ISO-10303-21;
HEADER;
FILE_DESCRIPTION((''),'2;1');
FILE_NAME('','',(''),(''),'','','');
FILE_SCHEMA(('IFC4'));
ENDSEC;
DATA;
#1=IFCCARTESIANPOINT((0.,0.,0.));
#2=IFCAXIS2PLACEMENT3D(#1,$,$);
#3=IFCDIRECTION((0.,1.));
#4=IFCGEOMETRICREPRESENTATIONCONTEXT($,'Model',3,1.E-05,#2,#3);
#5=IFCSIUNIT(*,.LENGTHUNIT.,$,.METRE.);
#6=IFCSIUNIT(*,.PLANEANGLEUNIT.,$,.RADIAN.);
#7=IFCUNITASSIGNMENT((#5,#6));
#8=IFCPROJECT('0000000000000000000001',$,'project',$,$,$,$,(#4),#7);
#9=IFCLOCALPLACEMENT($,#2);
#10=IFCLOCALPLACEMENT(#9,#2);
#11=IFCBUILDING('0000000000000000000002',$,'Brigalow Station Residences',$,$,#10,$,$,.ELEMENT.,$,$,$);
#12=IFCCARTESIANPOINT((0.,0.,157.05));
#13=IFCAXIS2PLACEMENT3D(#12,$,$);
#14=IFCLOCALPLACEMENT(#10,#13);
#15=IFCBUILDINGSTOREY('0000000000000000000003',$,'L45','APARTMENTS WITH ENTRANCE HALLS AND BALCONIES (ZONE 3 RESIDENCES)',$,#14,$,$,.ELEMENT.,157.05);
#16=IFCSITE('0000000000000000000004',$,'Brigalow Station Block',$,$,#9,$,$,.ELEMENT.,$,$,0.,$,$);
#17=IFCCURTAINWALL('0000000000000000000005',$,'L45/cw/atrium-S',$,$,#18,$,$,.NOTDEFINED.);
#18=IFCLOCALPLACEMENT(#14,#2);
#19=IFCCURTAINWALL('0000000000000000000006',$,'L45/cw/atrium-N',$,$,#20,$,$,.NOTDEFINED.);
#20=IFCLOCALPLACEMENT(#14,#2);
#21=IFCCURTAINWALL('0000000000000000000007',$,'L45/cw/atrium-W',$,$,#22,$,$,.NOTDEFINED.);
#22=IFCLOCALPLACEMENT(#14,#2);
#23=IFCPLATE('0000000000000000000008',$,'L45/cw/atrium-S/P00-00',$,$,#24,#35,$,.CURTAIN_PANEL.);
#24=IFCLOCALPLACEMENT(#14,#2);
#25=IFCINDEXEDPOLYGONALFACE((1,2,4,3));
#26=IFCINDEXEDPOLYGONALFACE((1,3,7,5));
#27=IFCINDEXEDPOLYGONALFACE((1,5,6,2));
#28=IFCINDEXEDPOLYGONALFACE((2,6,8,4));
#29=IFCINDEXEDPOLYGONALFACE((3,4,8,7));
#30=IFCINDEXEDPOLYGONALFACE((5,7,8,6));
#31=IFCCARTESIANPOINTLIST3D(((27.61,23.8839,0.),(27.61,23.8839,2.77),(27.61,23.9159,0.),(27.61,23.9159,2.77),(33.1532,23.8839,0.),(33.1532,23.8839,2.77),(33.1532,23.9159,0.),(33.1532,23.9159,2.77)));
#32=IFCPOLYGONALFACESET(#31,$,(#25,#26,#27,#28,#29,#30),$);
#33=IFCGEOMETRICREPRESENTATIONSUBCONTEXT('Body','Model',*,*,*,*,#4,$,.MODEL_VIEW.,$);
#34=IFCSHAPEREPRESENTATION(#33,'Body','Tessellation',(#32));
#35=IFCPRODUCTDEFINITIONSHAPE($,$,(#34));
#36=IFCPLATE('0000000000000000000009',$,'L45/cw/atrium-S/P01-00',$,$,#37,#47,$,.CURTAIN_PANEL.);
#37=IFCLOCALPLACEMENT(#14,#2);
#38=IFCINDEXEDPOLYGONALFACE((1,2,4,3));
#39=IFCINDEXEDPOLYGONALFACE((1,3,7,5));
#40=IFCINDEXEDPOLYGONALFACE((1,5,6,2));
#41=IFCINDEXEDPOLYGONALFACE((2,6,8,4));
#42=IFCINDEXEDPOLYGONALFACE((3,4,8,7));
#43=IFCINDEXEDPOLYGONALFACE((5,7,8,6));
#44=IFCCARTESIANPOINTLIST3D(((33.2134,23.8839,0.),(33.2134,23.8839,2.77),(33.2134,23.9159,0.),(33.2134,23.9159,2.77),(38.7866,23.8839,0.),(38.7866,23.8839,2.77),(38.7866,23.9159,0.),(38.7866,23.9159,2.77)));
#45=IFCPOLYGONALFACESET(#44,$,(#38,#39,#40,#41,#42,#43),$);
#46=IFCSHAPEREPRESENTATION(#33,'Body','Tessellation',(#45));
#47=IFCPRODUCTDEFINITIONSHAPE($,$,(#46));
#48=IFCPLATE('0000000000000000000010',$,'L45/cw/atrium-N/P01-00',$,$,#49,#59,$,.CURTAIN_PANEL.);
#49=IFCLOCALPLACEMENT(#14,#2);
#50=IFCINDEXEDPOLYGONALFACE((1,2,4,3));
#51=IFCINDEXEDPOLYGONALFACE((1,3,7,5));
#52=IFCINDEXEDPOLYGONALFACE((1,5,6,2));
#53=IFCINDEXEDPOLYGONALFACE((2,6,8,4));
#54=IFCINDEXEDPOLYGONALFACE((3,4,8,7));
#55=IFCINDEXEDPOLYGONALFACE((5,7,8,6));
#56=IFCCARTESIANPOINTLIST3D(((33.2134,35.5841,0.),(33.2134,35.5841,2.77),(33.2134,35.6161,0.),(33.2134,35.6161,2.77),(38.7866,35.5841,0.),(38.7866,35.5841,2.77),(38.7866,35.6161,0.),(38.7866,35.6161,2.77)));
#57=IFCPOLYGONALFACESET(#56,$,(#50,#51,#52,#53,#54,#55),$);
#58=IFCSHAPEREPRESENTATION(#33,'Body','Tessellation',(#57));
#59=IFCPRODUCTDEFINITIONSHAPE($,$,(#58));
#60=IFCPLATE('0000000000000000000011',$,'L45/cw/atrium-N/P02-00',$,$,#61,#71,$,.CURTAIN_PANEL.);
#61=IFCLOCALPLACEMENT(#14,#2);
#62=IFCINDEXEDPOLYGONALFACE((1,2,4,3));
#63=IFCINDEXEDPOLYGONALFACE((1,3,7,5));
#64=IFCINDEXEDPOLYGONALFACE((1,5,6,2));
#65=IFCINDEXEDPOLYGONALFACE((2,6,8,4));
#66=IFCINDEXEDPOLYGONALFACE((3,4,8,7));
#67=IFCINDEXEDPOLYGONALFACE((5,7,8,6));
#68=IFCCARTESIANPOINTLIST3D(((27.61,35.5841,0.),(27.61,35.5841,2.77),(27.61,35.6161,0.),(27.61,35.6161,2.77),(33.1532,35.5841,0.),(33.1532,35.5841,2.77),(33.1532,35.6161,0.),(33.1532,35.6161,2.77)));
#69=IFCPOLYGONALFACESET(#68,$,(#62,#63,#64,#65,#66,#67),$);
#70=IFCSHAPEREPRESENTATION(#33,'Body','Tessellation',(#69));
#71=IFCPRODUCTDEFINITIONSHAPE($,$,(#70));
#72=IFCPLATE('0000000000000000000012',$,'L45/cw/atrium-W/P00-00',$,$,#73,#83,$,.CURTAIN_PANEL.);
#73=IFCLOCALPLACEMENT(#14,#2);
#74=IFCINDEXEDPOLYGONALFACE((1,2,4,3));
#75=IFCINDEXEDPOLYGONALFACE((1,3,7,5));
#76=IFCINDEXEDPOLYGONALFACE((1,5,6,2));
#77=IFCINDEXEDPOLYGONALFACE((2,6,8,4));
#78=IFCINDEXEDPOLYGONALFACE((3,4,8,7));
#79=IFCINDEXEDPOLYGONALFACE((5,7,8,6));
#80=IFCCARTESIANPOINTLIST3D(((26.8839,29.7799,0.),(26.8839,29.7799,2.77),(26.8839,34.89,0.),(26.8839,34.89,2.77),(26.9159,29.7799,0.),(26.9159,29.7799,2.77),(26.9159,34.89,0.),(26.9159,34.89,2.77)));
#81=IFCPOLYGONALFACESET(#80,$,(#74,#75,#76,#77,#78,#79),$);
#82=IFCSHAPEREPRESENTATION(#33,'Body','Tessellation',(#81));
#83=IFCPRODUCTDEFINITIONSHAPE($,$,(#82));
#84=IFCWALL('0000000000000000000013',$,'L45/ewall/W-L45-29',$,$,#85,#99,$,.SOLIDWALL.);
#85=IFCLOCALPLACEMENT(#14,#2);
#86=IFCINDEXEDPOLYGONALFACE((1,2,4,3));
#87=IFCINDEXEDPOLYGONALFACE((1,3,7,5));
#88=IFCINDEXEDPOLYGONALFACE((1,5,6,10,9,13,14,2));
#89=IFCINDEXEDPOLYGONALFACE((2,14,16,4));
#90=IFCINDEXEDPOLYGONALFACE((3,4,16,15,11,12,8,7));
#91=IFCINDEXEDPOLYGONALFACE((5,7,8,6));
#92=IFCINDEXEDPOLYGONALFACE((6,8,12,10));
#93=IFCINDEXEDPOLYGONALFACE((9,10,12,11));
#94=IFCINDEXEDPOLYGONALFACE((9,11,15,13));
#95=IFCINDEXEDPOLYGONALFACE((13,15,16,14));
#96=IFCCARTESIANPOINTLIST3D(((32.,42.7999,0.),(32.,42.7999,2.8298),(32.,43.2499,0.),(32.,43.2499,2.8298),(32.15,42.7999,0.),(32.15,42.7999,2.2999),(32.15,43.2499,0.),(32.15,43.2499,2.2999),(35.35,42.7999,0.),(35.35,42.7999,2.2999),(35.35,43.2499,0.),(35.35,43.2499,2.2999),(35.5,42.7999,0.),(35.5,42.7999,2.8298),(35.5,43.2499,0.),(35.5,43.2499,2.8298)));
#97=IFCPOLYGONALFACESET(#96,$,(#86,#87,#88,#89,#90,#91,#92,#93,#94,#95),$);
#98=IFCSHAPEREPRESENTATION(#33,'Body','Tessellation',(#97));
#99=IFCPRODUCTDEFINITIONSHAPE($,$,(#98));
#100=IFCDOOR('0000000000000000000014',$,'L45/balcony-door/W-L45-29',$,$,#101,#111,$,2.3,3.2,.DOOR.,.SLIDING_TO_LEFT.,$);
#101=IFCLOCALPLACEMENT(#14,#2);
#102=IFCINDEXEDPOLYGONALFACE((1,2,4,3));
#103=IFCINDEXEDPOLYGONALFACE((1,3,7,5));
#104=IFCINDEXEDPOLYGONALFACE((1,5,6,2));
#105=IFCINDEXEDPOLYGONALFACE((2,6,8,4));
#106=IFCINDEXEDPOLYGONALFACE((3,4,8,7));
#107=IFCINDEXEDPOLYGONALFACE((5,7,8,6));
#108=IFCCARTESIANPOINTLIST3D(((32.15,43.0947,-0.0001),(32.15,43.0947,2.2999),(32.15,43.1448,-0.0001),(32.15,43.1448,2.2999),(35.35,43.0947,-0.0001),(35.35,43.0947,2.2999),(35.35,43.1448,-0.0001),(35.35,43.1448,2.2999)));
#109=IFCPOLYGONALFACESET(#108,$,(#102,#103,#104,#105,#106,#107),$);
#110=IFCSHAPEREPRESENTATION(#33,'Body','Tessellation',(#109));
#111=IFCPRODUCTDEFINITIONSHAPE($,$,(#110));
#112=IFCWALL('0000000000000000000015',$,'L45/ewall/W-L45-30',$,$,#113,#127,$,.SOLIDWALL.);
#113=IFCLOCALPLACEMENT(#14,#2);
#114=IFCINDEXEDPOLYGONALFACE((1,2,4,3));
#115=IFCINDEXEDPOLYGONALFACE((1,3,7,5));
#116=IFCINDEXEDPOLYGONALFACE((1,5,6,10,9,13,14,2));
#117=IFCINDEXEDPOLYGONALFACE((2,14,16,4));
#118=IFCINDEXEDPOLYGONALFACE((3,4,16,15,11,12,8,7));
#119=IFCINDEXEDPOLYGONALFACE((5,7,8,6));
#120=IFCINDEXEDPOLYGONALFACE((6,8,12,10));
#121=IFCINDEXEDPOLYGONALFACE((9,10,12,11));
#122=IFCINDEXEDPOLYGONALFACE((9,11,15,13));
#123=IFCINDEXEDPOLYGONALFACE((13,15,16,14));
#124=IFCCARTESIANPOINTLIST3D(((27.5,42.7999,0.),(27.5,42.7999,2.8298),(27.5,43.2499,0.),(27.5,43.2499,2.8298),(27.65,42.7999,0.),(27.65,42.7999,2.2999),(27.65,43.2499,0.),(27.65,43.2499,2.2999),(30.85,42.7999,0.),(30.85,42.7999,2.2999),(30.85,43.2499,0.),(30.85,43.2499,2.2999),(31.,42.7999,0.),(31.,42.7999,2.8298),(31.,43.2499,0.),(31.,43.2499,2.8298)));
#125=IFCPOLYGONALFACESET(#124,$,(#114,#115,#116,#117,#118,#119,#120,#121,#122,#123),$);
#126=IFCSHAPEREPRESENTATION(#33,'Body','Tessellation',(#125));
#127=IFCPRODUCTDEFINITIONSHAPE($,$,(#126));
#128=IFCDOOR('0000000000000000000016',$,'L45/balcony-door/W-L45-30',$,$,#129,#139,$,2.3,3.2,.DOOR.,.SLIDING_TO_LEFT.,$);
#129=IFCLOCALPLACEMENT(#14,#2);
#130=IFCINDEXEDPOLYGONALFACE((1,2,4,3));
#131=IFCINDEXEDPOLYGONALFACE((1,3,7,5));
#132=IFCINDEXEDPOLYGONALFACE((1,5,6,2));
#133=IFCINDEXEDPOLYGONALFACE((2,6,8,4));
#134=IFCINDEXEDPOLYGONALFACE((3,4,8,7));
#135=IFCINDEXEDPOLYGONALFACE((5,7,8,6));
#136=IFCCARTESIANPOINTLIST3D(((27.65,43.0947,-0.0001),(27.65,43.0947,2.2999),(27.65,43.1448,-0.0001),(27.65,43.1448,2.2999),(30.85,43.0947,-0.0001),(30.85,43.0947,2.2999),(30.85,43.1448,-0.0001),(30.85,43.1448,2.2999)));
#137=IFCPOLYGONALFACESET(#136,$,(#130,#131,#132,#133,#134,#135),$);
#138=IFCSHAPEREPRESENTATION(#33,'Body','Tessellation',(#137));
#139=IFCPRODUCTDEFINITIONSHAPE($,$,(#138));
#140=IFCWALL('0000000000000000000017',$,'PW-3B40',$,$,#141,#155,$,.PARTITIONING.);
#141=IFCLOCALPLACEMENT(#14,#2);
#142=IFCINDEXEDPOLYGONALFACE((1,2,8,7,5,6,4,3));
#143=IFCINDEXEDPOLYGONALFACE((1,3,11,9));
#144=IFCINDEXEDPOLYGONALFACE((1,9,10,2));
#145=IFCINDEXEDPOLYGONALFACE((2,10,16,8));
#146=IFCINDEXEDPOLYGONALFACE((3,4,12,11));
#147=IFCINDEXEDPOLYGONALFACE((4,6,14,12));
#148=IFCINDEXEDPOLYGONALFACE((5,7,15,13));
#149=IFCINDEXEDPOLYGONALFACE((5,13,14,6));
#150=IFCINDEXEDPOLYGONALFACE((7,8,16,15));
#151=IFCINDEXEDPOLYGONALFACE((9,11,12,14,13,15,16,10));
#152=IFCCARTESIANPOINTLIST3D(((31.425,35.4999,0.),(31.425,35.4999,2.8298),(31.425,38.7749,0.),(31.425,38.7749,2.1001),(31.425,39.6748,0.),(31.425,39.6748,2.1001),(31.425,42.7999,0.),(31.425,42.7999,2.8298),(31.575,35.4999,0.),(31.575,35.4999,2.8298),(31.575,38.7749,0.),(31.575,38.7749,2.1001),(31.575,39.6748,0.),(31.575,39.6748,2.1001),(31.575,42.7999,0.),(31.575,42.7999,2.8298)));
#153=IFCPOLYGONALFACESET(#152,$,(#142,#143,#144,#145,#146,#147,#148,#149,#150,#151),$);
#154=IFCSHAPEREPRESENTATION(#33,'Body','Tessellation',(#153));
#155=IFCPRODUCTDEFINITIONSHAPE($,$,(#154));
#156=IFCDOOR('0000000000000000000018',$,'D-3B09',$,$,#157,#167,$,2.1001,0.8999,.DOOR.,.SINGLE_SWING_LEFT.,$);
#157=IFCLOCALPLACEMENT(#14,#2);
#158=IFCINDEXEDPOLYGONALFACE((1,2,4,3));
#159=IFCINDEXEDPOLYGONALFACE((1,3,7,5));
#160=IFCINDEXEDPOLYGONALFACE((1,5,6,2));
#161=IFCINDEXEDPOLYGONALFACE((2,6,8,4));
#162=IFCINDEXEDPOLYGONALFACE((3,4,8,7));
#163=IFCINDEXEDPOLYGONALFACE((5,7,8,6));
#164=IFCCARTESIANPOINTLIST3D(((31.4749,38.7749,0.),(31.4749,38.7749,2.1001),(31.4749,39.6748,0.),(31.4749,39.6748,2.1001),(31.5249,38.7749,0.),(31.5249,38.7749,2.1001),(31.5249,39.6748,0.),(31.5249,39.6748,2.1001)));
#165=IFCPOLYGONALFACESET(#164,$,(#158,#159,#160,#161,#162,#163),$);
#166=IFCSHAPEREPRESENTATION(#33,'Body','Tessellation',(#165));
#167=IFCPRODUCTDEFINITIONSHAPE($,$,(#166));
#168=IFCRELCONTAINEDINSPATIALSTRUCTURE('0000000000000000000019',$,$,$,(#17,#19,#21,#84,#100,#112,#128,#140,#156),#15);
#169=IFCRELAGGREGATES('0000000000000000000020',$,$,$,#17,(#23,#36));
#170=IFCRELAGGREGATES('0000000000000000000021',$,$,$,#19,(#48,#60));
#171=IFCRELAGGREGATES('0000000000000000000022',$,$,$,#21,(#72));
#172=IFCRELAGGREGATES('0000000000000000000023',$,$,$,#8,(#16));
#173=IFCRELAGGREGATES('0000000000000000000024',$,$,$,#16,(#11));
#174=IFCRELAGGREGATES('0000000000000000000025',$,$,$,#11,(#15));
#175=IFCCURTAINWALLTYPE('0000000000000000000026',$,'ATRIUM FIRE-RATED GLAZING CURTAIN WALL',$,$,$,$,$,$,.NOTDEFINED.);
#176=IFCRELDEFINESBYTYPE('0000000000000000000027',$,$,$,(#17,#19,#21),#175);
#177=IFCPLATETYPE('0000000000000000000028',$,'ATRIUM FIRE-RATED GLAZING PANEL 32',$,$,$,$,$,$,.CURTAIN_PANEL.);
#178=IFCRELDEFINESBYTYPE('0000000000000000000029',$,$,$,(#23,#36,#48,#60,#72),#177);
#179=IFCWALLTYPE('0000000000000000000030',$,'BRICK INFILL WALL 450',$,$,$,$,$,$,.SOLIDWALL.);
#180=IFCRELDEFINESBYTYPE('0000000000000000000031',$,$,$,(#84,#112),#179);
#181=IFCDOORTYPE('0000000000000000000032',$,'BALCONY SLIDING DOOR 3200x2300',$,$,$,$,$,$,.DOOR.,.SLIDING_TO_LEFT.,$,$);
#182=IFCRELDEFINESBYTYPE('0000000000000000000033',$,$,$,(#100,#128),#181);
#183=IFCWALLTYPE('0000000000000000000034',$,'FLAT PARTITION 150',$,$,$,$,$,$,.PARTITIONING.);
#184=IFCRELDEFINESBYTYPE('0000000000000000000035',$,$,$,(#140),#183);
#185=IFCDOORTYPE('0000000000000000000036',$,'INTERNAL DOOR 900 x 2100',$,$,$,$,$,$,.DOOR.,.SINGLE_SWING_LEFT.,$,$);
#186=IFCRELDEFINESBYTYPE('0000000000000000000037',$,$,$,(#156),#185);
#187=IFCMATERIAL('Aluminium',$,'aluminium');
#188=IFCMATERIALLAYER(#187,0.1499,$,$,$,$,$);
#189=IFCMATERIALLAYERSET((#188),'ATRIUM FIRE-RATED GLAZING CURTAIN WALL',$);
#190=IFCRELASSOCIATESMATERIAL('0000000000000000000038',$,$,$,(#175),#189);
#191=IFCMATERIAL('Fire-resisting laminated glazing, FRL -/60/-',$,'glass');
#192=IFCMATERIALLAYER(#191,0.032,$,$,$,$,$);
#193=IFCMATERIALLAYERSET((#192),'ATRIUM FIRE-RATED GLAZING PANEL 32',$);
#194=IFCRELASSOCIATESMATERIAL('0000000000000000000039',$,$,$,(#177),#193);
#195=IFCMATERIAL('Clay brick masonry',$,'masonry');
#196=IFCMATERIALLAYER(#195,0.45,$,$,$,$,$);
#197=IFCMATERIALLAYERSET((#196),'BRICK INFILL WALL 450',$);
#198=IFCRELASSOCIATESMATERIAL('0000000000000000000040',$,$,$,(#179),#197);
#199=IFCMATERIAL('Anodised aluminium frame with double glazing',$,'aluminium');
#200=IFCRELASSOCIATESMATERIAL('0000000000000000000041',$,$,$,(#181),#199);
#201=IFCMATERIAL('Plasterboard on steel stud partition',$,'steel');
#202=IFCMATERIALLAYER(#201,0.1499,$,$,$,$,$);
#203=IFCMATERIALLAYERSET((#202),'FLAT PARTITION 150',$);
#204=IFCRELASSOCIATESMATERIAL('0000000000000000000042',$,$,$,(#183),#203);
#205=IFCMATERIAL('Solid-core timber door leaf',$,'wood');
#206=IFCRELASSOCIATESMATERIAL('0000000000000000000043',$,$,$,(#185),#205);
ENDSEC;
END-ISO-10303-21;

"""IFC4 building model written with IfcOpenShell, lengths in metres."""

from ifc_helpers import new_model, si_unit, direction, frame, frame_2d, origin, origin_2d, place, context, subcontext, project, spatial, rectangle, extrude, material, layer, layer_set, type_object, element, fill, aggregate, save


model = new_model("IFC4")

# Units and contexts
model_context = context("Model", 3, precision=1e-05, world=origin(), true_north=direction((0.0, 1.0)))
body_context = subcontext(model_context, "Body", "Model", "MODEL_VIEW")
ifc_project = project(units=[si_unit("LENGTHUNIT", "METRE"), si_unit("PLANEANGLEUNIT", "RADIAN")], contexts=[model_context])

# Site, building, storey
site_placement = place(None, origin())
site = spatial("IfcSite", under=ifc_project, at=site_placement, Name="Brigalow Station Block", CompositionType="ELEMENT", RefElevation=0.0)
building_placement = place(site_placement, origin())
building = spatial("IfcBuilding", under=site, at=building_placement, Name="Brigalow Station Residences", CompositionType="ELEMENT")
storey_placement = place(building_placement, frame((0.0, 0.0, 157.05)))
storey = spatial("IfcBuildingStorey", under=building, at=storey_placement, Name="L45", Description="APARTMENTS WITH ENTRANCE HALLS AND BALCONIES (ZONE 3 RESIDENCES)", CompositionType="ELEMENT", Elevation=157.05)

# Curtain wall
ifc_material_1 = material(Name="Aluminium", Category="aluminium")
ifc_layer_1 = layer(ifc_material_1, 0.1499)
ifc_layer_set_1 = layer_set([ifc_layer_1], Name="ATRIUM FIRE-RATED GLAZING CURTAIN WALL")
curtain_wall_type = type_object("IfcCurtainWallType", Name="ATRIUM FIRE-RATED GLAZING CURTAIN WALL", PredefinedType="NOTDEFINED", material=ifc_layer_set_1)
curtain_wall_1_placement = place(storey_placement, origin())
curtain_wall_1 = element("IfcCurtainWall", 1, at=curtain_wall_1_placement, inside=storey, type_object=curtain_wall_type, Name="L45/cw/atrium-S", PredefinedType="NOTDEFINED")

# Curtain walls
curtain_wall_2_placement = place(storey_placement, origin())
curtain_wall_2 = element("IfcCurtainWall", 2, at=curtain_wall_2_placement, inside=storey, type_object=curtain_wall_type, Name="L45/cw/atrium-N", PredefinedType="NOTDEFINED")
curtain_wall_3_placement = place(storey_placement, origin())
curtain_wall_3 = element("IfcCurtainWall", 3, at=curtain_wall_3_placement, inside=storey, type_object=curtain_wall_type, Name="L45/cw/atrium-W", PredefinedType="NOTDEFINED")

# Plates
ifc_material_2 = material(Name="Fire-resisting laminated glazing, FRL -/60/-", Category="glass")
ifc_layer_2 = layer(ifc_material_2, 0.032)
ifc_layer_set_2 = layer_set([ifc_layer_2], Name="ATRIUM FIRE-RATED GLAZING PANEL 32")
plate_type = type_object("IfcPlateType", Name="ATRIUM FIRE-RATED GLAZING PANEL 32", PredefinedType="CURTAIN_PANEL", material=ifc_layer_set_2)
plate_1_placement = place(storey_placement, frame((30.3816, 23.8999, 0.0), z_axis=(0.0, 0.0, 1.0), x_axis=(1.0, 0.0, 0.0)))
plate_1 = element("IfcPlate", 4, at=plate_1_placement, type_object=plate_type, Name="L45/cw/atrium-S/P00-00", PredefinedType="CURTAIN_PANEL", context=body_context, shape_type="SweptSolid", body=[
    extrude(rectangle(XDim=5.5432, YDim=0.032, at=origin_2d()), origin(), (0.0, 0.0, 1.0), 2.77),
])
plate_2_placement = place(storey_placement, frame((36.0, 23.8999, 0.0), z_axis=(0.0, 0.0, 1.0), x_axis=(1.0, 0.0, 0.0)))
plate_2 = element("IfcPlate", 5, at=plate_2_placement, type_object=plate_type, Name="L45/cw/atrium-S/P01-00", PredefinedType="CURTAIN_PANEL", context=body_context, shape_type="SweptSolid", body=[
    extrude(rectangle(XDim=5.5732, YDim=0.032, at=origin_2d()), origin(), (0.0, 0.0, 1.0), 2.77),
])
aggregate(curtain_wall_1, [plate_1, plate_2])
plate_3_placement = place(storey_placement, frame((36.0, 35.6001, 0.0), z_axis=(0.0, 0.0, 1.0), x_axis=(-1.0, 0.0, 0.0)))
plate_3 = element("IfcPlate", 6, at=plate_3_placement, type_object=plate_type, Name="L45/cw/atrium-N/P01-00", PredefinedType="CURTAIN_PANEL", context=body_context, shape_type="SweptSolid", body=[
    extrude(rectangle(XDim=5.5732, YDim=0.032, at=origin_2d()), origin(), (0.0, 0.0, 1.0), 2.77),
])
plate_4_placement = place(storey_placement, frame((30.3816, 35.6001, 0.0), z_axis=(0.0, 0.0, 1.0), x_axis=(-1.0, 0.0, 0.0)))
plate_4 = element("IfcPlate", 7, at=plate_4_placement, type_object=plate_type, Name="L45/cw/atrium-N/P02-00", PredefinedType="CURTAIN_PANEL", context=body_context, shape_type="SweptSolid", body=[
    extrude(rectangle(XDim=5.5432, YDim=0.032, at=origin_2d()), origin(), (0.0, 0.0, 1.0), 2.77),
])
aggregate(curtain_wall_2, [plate_3, plate_4])
plate_5_placement = place(storey_placement, frame((26.8999, 32.335, 0.0), z_axis=(0.0, 0.0, 1.0), x_axis=(0.0, -1.0, 0.0)))
plate_5 = element("IfcPlate", 8, at=plate_5_placement, type_object=plate_type, Name="L45/cw/atrium-W/P00-00", PredefinedType="CURTAIN_PANEL", context=body_context, shape_type="SweptSolid", body=[
    extrude(rectangle(XDim=5.1101, YDim=0.032, at=origin_2d()), origin(), (0.0, 0.0, 1.0), 2.77),
])
aggregate(curtain_wall_3, [plate_5])

# Walls, openings, doors
ifc_material_3 = material(Name="Clay brick masonry", Category="masonry")
ifc_layer_3 = layer(ifc_material_3, 0.45)
ifc_layer_set_3 = layer_set([ifc_layer_3], Name="BRICK INFILL WALL 450")
wall_type_1 = type_object("IfcWallType", Name="BRICK INFILL WALL 450", PredefinedType="SOLIDWALL", material=ifc_layer_set_3)
wall_1_placement = place(storey_placement, frame((35.5, 43.0249, 0.0), z_axis=(0.0, 0.0, 1.0), x_axis=(-1.0, 0.0, 0.0)))
wall_1 = element("IfcWall", 9, at=wall_1_placement, inside=storey, type_object=wall_type_1, Name="L45/ewall/W-L45-29", PredefinedType="SOLIDWALL", context=body_context, shape_type="SweptSolid", body=[
    extrude(rectangle(XDim=3.5, YDim=0.45, at=frame_2d((1.75, 0.0))), origin(), (0.0, 0.0, 1.0), 2.8298),
])
opening_1_placement = place(wall_1_placement, frame((0.1499, 0.0, 0.0)))
opening_1 = element("IfcOpeningElement", 10, at=opening_1_placement, cuts=wall_1, PredefinedType="OPENING", context=body_context, shape_type="SweptSolid", body=[
    extrude(rectangle(XDim=3.2, YDim=2.3, at=frame_2d((1.6001, 1.1499))), frame((0.0, 0.2349, 0.0), z_axis=(0.0, -1.0, 0.0), x_axis=(1.0, 0.0, 0.0)), (0.0, 0.0, 1.0), 0.47),
])
ifc_material_4 = material(Name="Anodised aluminium frame with double glazing", Category="aluminium")
door_type_1 = type_object("IfcDoorType", Name="BALCONY SLIDING DOOR 3200x2300", OperationType="SLIDING_TO_LEFT", PredefinedType="DOOR", material=ifc_material_4)
door_1_placement = place(opening_1_placement, origin())
door_1 = element("IfcDoor", 11, at=door_1_placement, inside=storey, type_object=door_type_1, Name="L45/balcony-door/W-L45-29", OperationType="SLIDING_TO_LEFT", OverallHeight=2.3, OverallWidth=3.2, PredefinedType="DOOR", context=body_context, shape_type="SweptSolid", body=[
    extrude(rectangle(XDim=3.2, YDim=2.3, at=frame_2d((1.6001, 1.1499))), frame((0.0, -0.0698, 0.0), z_axis=(0.0, -1.0, 0.0), x_axis=(1.0, 0.0, 0.0)), (0.0, 0.0, 1.0), 0.05),
])
fill(opening_1, door_1)
wall_2_placement = place(storey_placement, frame((31.0, 43.0249, 0.0), z_axis=(0.0, 0.0, 1.0), x_axis=(-1.0, 0.0, 0.0)))
wall_2 = element("IfcWall", 12, at=wall_2_placement, inside=storey, type_object=wall_type_1, Name="L45/ewall/W-L45-30", PredefinedType="SOLIDWALL", context=body_context, shape_type="SweptSolid", body=[
    extrude(rectangle(XDim=3.5, YDim=0.45, at=frame_2d((1.75, 0.0))), origin(), (0.0, 0.0, 1.0), 2.8298),
])
opening_2_placement = place(wall_2_placement, frame((0.1499, 0.0, 0.0)))
opening_2 = element("IfcOpeningElement", 13, at=opening_2_placement, cuts=wall_2, PredefinedType="OPENING", context=body_context, shape_type="SweptSolid", body=[
    extrude(rectangle(XDim=3.2, YDim=2.3, at=frame_2d((1.6001, 1.1499))), frame((0.0, 0.2349, 0.0), z_axis=(0.0, -1.0, 0.0), x_axis=(1.0, 0.0, 0.0)), (0.0, 0.0, 1.0), 0.47),
])
door_2_placement = place(opening_2_placement, origin())
door_2 = element("IfcDoor", 14, at=door_2_placement, inside=storey, type_object=door_type_1, Name="L45/balcony-door/W-L45-30", OperationType="SLIDING_TO_LEFT", OverallHeight=2.3, OverallWidth=3.2, PredefinedType="DOOR", context=body_context, shape_type="SweptSolid", body=[
    extrude(rectangle(XDim=3.2, YDim=2.3, at=frame_2d((1.6001, 1.1499))), frame((0.0, -0.0698, 0.0), z_axis=(0.0, -1.0, 0.0), x_axis=(1.0, 0.0, 0.0)), (0.0, 0.0, 1.0), 0.05),
])
fill(opening_2, door_2)
ifc_material_5 = material(Name="Plasterboard on steel stud partition", Category="steel")
ifc_layer_4 = layer(ifc_material_5, 0.1499)
ifc_layer_set_4 = layer_set([ifc_layer_4], Name="FLAT PARTITION 150")
wall_type_2 = type_object("IfcWallType", Name="FLAT PARTITION 150", PredefinedType="PARTITIONING", material=ifc_layer_set_4)
wall_3_placement = place(storey_placement, frame((31.5, 35.5, 0.0), z_axis=(0.0, 0.0, 1.0), x_axis=(0.0, 1.0, 0.0)))
wall_3 = element("IfcWall", 15, at=wall_3_placement, inside=storey, type_object=wall_type_2, Name="PW-3B40", PredefinedType="PARTITIONING", context=body_context, shape_type="SweptSolid", body=[
    extrude(rectangle(XDim=7.3, YDim=0.1499, at=frame_2d((3.6499, 0.0))), origin(), (0.0, 0.0, 1.0), 2.8298),
])
opening_3_placement = place(wall_3_placement, frame((3.2749, 0.0, 0.0)))
opening_3 = element("IfcOpeningElement", 16, at=opening_3_placement, cuts=wall_3, PredefinedType="OPENING", context=body_context, shape_type="SweptSolid", body=[
    extrude(rectangle(XDim=0.8999, YDim=2.1001, at=frame_2d((0.45, 1.05))), frame((0.0, 0.085, 0.0), z_axis=(0.0, -1.0, 0.0), x_axis=(1.0, 0.0, 0.0)), (0.0, 0.0, 1.0), 0.1699),
])
ifc_material_6 = material(Name="Solid-core timber door leaf", Category="wood")
door_type_2 = type_object("IfcDoorType", Name="INTERNAL DOOR 900 x 2100", OperationType="SINGLE_SWING_LEFT", PredefinedType="DOOR", material=ifc_material_6)
door_3_placement = place(opening_3_placement, frame((0.8999, 0.0, 0.0), z_axis=(0.0, 0.0, 1.0), x_axis=(-1.0, 0.0, 0.0)))
door_3 = element("IfcDoor", 17, at=door_3_placement, inside=storey, type_object=door_type_2, Name="D-3B09", OperationType="SINGLE_SWING_LEFT", OverallHeight=2.1001, OverallWidth=0.8999, PredefinedType="DOOR", context=body_context, shape_type="SweptSolid", body=[
    extrude(rectangle(XDim=0.8999, YDim=2.1001, at=frame_2d((0.45, 1.05))), frame((0.0, 0.0249, 0.0), z_axis=(0.0, -1.0, 0.0), x_axis=(1.0, 0.0, 0.0)), (0.0, 0.0, 1.0), 0.05),
])
fill(opening_3, door_3)

save(model, "model.ifc")
